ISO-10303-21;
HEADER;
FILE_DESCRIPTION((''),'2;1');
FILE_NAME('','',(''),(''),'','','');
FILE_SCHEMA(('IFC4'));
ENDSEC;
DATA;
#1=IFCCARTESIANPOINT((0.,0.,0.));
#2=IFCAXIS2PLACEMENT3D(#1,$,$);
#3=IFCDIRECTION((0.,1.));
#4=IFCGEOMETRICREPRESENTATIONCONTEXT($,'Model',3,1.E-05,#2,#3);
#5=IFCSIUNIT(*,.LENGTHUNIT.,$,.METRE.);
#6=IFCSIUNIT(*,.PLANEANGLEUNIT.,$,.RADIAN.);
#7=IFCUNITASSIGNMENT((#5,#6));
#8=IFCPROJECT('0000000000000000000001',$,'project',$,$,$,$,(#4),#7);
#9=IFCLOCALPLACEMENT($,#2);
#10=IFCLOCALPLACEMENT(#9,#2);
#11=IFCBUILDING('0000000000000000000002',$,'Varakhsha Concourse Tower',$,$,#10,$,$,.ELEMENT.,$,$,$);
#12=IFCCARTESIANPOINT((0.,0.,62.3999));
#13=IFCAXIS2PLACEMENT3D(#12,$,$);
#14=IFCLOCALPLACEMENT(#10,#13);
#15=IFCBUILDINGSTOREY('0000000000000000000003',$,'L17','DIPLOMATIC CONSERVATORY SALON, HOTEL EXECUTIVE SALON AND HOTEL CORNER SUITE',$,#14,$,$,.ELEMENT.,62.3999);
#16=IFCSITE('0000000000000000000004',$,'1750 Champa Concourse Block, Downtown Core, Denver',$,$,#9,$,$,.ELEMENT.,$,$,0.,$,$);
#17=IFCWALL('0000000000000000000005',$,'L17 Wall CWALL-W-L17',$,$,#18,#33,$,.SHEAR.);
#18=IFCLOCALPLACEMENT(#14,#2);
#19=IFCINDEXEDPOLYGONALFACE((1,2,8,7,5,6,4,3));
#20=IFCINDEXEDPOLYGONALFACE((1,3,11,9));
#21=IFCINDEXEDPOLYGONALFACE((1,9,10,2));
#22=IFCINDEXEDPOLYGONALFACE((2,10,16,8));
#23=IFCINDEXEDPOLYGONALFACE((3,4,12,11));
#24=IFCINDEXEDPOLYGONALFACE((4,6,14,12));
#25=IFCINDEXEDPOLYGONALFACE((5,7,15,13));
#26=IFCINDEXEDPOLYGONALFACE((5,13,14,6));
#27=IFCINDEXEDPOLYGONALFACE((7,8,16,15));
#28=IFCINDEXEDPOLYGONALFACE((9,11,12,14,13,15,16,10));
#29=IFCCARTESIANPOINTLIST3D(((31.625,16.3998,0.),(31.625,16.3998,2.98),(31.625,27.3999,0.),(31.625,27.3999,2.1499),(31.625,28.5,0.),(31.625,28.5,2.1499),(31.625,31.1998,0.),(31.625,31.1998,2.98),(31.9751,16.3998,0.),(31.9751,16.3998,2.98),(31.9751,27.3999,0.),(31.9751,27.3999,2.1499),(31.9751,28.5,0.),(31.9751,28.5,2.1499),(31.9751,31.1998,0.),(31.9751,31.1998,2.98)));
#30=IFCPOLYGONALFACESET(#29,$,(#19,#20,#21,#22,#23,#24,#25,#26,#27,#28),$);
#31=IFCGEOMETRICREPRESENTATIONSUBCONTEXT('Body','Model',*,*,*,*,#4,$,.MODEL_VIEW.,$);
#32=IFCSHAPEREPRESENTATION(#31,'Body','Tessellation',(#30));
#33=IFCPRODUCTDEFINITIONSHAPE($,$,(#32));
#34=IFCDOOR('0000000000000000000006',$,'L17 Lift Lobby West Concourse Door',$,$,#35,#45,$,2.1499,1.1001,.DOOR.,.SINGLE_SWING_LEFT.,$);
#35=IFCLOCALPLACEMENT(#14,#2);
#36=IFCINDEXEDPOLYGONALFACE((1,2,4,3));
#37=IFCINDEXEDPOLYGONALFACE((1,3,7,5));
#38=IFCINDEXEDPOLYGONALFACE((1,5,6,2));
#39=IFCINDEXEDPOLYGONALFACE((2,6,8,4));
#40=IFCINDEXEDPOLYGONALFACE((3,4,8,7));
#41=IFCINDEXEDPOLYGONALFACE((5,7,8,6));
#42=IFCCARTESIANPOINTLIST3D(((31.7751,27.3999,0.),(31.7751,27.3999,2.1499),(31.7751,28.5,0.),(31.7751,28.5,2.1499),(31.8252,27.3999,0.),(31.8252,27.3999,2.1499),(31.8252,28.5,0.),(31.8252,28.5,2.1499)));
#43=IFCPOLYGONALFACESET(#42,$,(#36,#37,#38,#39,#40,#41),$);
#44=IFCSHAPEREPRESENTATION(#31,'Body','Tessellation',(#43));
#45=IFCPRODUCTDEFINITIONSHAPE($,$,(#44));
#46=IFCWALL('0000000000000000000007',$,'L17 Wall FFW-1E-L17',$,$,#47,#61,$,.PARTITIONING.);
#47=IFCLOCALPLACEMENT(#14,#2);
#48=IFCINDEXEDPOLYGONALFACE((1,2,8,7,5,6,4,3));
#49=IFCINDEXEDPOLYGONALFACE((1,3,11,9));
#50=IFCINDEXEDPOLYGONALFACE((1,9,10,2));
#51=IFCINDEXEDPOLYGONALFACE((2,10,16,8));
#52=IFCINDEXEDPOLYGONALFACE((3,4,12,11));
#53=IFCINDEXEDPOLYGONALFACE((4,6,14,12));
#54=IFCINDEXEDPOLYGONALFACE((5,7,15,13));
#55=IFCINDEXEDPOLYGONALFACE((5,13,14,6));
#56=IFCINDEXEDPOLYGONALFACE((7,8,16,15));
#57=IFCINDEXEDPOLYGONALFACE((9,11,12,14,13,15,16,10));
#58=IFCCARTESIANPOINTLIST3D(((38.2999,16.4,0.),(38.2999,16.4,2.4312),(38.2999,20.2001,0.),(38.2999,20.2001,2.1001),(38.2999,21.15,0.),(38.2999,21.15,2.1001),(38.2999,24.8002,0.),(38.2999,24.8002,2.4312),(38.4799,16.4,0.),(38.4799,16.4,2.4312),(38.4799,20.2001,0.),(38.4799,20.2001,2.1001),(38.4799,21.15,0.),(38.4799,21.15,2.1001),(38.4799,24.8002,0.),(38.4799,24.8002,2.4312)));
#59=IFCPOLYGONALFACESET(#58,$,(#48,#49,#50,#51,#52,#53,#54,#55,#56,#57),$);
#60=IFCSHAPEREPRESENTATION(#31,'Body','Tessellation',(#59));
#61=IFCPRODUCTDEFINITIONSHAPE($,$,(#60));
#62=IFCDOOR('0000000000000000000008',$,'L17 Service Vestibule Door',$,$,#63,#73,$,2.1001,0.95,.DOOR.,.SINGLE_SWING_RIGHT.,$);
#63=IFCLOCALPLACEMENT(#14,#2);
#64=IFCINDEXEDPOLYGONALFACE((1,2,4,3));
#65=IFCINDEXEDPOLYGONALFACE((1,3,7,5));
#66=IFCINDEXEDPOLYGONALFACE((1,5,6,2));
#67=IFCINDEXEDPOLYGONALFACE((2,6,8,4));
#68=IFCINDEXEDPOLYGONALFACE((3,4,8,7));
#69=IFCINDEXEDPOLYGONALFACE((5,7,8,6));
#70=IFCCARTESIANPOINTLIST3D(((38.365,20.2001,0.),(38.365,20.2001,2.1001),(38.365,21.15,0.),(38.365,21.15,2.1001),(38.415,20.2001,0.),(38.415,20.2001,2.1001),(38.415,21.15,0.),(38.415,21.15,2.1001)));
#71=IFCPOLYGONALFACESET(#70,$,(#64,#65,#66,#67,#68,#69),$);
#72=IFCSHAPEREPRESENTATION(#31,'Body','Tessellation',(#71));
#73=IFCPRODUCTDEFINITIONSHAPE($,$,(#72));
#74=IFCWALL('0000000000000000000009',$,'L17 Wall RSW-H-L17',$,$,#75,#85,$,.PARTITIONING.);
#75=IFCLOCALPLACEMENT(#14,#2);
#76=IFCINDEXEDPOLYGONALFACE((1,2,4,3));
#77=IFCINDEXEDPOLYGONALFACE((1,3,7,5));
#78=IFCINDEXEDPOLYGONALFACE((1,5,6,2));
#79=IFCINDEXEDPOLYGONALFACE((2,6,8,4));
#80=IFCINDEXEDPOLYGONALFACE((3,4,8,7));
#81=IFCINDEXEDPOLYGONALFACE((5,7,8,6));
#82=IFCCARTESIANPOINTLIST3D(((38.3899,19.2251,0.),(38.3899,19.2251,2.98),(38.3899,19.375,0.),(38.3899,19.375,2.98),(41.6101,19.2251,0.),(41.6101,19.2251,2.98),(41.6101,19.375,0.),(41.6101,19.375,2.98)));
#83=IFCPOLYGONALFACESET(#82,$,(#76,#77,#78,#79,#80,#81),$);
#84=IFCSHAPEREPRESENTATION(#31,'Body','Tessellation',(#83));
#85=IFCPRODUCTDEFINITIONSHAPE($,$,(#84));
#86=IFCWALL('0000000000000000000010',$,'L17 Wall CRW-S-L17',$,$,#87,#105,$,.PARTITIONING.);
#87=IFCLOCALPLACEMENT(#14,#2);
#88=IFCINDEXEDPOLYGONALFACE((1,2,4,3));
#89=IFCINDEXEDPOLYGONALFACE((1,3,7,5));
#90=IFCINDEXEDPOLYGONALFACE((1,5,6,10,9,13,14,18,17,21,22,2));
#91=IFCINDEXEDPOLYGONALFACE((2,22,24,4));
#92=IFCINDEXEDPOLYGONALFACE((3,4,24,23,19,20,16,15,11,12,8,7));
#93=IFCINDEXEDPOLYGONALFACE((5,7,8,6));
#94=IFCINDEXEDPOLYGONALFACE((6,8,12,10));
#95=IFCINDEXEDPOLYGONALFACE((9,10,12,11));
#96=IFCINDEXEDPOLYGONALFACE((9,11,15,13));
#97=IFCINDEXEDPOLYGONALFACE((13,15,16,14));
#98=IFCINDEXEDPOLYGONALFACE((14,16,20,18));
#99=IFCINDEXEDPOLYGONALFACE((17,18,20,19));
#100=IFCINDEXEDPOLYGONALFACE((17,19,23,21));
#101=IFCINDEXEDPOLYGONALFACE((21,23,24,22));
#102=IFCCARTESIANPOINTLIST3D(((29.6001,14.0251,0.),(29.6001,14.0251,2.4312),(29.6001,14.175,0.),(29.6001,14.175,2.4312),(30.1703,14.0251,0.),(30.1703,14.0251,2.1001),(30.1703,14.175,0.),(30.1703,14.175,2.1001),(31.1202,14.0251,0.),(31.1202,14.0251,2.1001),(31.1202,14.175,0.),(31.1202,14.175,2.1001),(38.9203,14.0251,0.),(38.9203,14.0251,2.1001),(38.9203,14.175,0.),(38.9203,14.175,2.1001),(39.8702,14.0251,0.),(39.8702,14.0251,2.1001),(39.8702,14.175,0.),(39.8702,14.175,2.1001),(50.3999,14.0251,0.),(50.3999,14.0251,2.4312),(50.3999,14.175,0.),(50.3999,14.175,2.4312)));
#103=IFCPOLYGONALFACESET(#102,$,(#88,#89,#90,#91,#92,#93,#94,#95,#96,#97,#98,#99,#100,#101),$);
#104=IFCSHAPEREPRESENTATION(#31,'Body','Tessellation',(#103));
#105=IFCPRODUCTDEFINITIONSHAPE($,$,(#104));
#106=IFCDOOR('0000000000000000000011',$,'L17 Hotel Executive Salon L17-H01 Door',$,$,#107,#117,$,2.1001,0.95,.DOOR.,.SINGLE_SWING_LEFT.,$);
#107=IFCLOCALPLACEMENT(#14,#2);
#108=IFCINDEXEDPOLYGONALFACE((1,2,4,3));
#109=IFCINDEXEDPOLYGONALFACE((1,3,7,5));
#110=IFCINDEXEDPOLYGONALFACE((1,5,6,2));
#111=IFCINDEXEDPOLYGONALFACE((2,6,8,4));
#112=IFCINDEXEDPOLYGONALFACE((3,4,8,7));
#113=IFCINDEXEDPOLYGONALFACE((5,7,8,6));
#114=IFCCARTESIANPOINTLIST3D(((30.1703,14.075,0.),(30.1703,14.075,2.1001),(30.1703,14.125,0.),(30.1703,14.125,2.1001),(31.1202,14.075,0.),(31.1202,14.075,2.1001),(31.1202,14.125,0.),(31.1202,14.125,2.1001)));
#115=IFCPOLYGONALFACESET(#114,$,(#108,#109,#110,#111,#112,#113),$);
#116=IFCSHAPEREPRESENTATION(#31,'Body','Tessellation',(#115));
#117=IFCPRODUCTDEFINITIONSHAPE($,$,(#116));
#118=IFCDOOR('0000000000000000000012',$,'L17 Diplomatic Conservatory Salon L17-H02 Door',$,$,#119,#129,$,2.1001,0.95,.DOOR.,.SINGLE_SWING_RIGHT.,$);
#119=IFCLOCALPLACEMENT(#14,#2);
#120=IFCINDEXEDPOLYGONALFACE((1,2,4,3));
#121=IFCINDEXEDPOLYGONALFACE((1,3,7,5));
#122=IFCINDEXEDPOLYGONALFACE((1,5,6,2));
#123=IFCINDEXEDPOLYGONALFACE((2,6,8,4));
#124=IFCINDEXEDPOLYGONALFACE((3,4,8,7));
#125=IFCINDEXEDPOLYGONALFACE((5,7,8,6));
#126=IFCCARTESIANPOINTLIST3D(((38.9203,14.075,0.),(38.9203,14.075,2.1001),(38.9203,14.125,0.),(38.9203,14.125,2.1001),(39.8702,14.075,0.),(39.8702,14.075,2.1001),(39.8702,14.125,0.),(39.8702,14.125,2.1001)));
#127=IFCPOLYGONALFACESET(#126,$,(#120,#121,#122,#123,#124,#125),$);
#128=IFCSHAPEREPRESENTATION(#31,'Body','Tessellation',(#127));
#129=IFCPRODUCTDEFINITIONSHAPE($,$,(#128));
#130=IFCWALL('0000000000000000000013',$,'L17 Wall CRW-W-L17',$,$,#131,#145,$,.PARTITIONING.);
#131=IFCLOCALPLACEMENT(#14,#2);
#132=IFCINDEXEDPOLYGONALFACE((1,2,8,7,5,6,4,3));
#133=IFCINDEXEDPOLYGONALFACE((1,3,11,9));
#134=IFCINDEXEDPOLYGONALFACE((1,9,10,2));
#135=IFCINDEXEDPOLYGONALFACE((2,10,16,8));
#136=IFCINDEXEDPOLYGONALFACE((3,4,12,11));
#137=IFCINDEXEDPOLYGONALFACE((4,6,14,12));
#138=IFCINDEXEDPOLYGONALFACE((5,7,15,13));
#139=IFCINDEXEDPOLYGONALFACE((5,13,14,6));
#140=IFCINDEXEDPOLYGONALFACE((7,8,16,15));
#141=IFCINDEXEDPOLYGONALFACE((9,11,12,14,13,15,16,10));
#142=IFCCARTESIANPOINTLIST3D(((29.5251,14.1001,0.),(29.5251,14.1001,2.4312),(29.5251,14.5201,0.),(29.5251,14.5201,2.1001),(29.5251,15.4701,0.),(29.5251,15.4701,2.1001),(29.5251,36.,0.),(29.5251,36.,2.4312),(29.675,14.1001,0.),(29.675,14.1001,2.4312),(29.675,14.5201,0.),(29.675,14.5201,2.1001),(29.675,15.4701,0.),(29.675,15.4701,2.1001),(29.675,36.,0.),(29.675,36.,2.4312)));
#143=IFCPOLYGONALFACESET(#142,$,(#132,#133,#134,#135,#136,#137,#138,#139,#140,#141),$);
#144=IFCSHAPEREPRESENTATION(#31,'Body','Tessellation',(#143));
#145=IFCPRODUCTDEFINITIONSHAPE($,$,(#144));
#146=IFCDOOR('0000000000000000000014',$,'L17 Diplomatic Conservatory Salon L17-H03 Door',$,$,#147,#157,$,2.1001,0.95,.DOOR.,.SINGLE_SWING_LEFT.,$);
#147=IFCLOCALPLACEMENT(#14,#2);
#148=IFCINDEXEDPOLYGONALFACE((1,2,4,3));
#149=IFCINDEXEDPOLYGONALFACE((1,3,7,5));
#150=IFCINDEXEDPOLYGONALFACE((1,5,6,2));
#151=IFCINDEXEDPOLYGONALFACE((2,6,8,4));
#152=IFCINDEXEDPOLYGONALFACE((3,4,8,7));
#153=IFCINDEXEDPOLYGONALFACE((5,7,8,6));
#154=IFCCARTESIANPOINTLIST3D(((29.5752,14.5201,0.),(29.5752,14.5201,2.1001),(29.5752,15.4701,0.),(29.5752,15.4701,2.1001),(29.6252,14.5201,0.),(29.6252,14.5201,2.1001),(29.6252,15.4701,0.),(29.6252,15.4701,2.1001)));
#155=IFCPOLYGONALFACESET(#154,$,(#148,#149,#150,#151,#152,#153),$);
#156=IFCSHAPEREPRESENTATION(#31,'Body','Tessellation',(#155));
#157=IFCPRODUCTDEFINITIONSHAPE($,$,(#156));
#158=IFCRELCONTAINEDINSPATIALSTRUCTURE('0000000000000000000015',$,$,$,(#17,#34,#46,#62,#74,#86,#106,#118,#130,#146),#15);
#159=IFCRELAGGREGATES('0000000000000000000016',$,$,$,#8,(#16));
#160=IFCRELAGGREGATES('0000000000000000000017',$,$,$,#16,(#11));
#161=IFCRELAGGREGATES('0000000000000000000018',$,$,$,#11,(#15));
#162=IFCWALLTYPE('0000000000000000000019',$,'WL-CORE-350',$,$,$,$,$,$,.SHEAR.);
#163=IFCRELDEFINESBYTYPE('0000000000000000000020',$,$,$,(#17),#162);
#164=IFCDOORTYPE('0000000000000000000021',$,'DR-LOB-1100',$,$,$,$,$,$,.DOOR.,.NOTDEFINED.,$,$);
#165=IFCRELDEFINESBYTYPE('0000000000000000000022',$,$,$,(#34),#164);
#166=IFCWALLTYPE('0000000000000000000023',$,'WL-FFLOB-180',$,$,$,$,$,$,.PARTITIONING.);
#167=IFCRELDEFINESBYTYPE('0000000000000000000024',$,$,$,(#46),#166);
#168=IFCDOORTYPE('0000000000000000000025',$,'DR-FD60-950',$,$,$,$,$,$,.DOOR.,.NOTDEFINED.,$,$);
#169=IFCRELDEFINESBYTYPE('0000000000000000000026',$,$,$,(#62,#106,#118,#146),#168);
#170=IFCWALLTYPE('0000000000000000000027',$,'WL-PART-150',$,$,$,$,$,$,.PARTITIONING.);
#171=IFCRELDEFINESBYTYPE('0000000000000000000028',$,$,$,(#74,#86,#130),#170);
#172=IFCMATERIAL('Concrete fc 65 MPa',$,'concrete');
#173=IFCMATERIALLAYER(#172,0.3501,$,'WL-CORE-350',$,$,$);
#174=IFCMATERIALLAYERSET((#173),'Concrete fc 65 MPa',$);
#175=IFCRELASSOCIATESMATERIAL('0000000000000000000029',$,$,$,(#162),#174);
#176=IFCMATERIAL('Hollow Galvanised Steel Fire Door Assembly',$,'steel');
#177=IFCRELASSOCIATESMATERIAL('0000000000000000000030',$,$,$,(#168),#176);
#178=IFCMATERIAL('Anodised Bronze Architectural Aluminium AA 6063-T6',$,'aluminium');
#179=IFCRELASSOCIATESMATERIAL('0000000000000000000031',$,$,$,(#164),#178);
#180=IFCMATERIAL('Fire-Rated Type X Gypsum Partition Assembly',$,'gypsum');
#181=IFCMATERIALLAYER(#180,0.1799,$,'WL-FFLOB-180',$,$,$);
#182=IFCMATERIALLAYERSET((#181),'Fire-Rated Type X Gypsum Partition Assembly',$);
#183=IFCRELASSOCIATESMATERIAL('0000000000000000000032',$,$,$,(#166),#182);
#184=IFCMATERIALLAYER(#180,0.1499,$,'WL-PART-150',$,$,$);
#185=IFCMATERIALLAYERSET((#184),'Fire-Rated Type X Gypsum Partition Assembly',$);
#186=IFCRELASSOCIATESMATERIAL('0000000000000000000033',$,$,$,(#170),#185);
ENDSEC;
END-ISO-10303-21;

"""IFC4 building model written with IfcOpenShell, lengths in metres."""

from ifc_helpers import new_model, si_unit, direction, frame, frame_2d, origin, place, context, subcontext, project, spatial, rectangle, extrude, material, layer, layer_set, type_object, element, fill, save


model = new_model("IFC4")

# Units and contexts
model_context = context("Model", 3, precision=1e-05, world=origin(), true_north=direction((0.0, 1.0)))
body_context = subcontext(model_context, "Body", "Model", "MODEL_VIEW")
ifc_project = project(units=[si_unit("LENGTHUNIT", "METRE"), si_unit("PLANEANGLEUNIT", "RADIAN")], contexts=[model_context])

# Site, building, storey
site_placement = place(None, origin())
site = spatial("IfcSite", under=ifc_project, at=site_placement, Name="1750 Champa Concourse Block, Downtown Core, Denver", CompositionType="ELEMENT", RefElevation=0.0)
building_placement = place(site_placement, origin())
building = spatial("IfcBuilding", under=site, at=building_placement, Name="Varakhsha Concourse Tower", CompositionType="ELEMENT")
storey_placement = place(building_placement, frame((0.0, 0.0, 62.3999)))
storey = spatial("IfcBuildingStorey", under=building, at=storey_placement, Name="L17", Description="DIPLOMATIC CONSERVATORY SALON, HOTEL EXECUTIVE SALON AND HOTEL CORNER SUITE", CompositionType="ELEMENT", Elevation=62.3999)

# Shared definitions
ifc_material_1 = material(Name="Concrete fc 65 MPa", Category="concrete")
ifc_layer_1 = layer(ifc_material_1, 0.3501, Name="WL-CORE-350")
ifc_layer_set_1 = layer_set([ifc_layer_1], Name="Concrete fc 65 MPa")
wall_type_1 = type_object("IfcWallType", Name="WL-CORE-350", PredefinedType="SHEAR", material=ifc_layer_set_1)
ifc_material_2 = material(Name="Hollow Galvanised Steel Fire Door Assembly", Category="steel")
door_type_1 = type_object("IfcDoorType", Name="DR-FD60-950", OperationType="NOTDEFINED", PredefinedType="DOOR", material=ifc_material_2)

# Walls, openings, doors
wall_1_placement = place(storey_placement, frame((31.8, 16.3999, 0.0), z_axis=(0.0, 0.0, 1.0), x_axis=(0.0, 1.0, 0.0)))
wall_1 = element("IfcWall", 1, at=wall_1_placement, inside=storey, type_object=wall_type_1, Name="L17 Wall CWALL-W-L17", PredefinedType="SHEAR", context=body_context, shape_type="SweptSolid", body=[
    extrude(rectangle(XDim=14.8, YDim=0.3501, at=frame_2d((7.3999, 0.0))), origin(), (0.0, 0.0, 1.0), 2.98),
])
opening_1_placement = place(wall_1_placement, frame((11.0, 0.0, 0.0)))
opening_1 = element("IfcOpeningElement", 2, at=opening_1_placement, cuts=wall_1, PredefinedType="OPENING", context=body_context, shape_type="SweptSolid", body=[
    extrude(rectangle(XDim=1.1001, YDim=2.1499, at=frame_2d((0.55, 1.075))), frame((0.0, 0.1851, 0.0), z_axis=(0.0, -1.0, 0.0), x_axis=(1.0, 0.0, 0.0)), (0.0, 0.0, 1.0), 0.3701),
])
ifc_material_3 = material(Name="Anodised Bronze Architectural Aluminium AA 6063-T6", Category="aluminium")
door_type_2 = type_object("IfcDoorType", Name="DR-LOB-1100", OperationType="NOTDEFINED", PredefinedType="DOOR", material=ifc_material_3)
door_1_placement = place(opening_1_placement, origin())
door_1 = element("IfcDoor", 3, at=door_1_placement, inside=storey, type_object=door_type_2, Name="L17 Lift Lobby West Concourse Door", OperationType="SINGLE_SWING_LEFT", OverallHeight=2.1499, OverallWidth=1.1001, PredefinedType="DOOR", context=body_context, shape_type="SweptSolid", body=[
    extrude(rectangle(XDim=1.1001, YDim=2.1499, at=frame_2d((0.55, 1.075))), frame((0.0, 0.0249, 0.0), z_axis=(0.0, -1.0, 0.0), x_axis=(1.0, 0.0, 0.0)), (0.0, 0.0, 1.0), 0.05),
])
fill(opening_1, door_1)
ifc_material_4 = material(Name="Fire-Rated Type X Gypsum Partition Assembly", Category="gypsum")
ifc_layer_2 = layer(ifc_material_4, 0.1799, Name="WL-FFLOB-180")
ifc_layer_set_2 = layer_set([ifc_layer_2], Name="Fire-Rated Type X Gypsum Partition Assembly")
wall_type_2 = type_object("IfcWallType", Name="WL-FFLOB-180", PredefinedType="PARTITIONING", material=ifc_layer_set_2)
wall_2_placement = place(storey_placement, frame((38.3899, 16.3999, 0.0), z_axis=(0.0, 0.0, 1.0), x_axis=(0.0, 1.0, 0.0)))
wall_2 = element("IfcWall", 4, at=wall_2_placement, inside=storey, type_object=wall_type_2, Name="L17 Wall FFW-1E-L17", PredefinedType="PARTITIONING", context=body_context, shape_type="SweptSolid", body=[
    extrude(rectangle(XDim=8.4001, YDim=0.1799, at=frame_2d((4.2002, 0.0))), origin(), (0.0, 0.0, 1.0), 2.4312),
])
opening_2_placement = place(wall_2_placement, frame((3.8, 0.0, 0.0)))
opening_2 = element("IfcOpeningElement", 5, at=opening_2_placement, cuts=wall_2, PredefinedType="OPENING", context=body_context, shape_type="SweptSolid", body=[
    extrude(rectangle(XDim=0.95, YDim=2.1001, at=frame_2d((0.4751, 1.05))), frame((0.0, 0.0999, 0.0), z_axis=(0.0, -1.0, 0.0), x_axis=(1.0, 0.0, 0.0)), (0.0, 0.0, 1.0), 0.2),
])
door_2_placement = place(opening_2_placement, origin())
door_2 = element("IfcDoor", 6, at=door_2_placement, inside=storey, type_object=door_type_1, Name="L17 Service Vestibule Door", OperationType="SINGLE_SWING_RIGHT", OverallHeight=2.1001, OverallWidth=0.95, PredefinedType="DOOR", context=body_context, shape_type="SweptSolid", body=[
    extrude(rectangle(XDim=0.95, YDim=2.1001, at=frame_2d((0.4751, 1.05))), frame((0.0, 0.0249, 0.0), z_axis=(0.0, -1.0, 0.0), x_axis=(1.0, 0.0, 0.0)), (0.0, 0.0, 1.0), 0.05),
])
fill(opening_2, door_2)

# Wall
ifc_layer_3 = layer(ifc_material_4, 0.1499, Name="WL-PART-150")
ifc_layer_set_3 = layer_set([ifc_layer_3], Name="Fire-Rated Type X Gypsum Partition Assembly")
wall_type_3 = type_object("IfcWallType", Name="WL-PART-150", PredefinedType="PARTITIONING", material=ifc_layer_set_3)
wall_3_placement = place(storey_placement, frame((38.3899, 19.3, 0.0), z_axis=(0.0, 0.0, 1.0), x_axis=(1.0, 0.0, 0.0)))
element("IfcWall", 7, at=wall_3_placement, inside=storey, type_object=wall_type_3, Name="L17 Wall RSW-H-L17", PredefinedType="PARTITIONING", context=body_context, shape_type="SweptSolid", body=[
    extrude(rectangle(XDim=3.2202, YDim=0.1499, at=frame_2d((1.6101, 0.0))), origin(), (0.0, 0.0, 1.0), 2.98),
])

# Wall, openings, doors
wall_4_placement = place(storey_placement, frame((29.6001, 14.1001, 0.0), z_axis=(0.0, 0.0, 1.0), x_axis=(1.0, 0.0, 0.0)))
wall_4 = element("IfcWall", 8, at=wall_4_placement, inside=storey, type_object=wall_type_3, Name="L17 Wall CRW-S-L17", PredefinedType="PARTITIONING", context=body_context, shape_type="SweptSolid", body=[
    extrude(rectangle(XDim=20.7998, YDim=0.1499, at=frame_2d((10.3999, 0.0))), origin(), (0.0, 0.0, 1.0), 2.4312),
])
opening_3_placement = place(wall_4_placement, frame((0.5701, 0.0, 0.0)))
opening_3 = element("IfcOpeningElement", 9, at=opening_3_placement, cuts=wall_4, PredefinedType="OPENING", context=body_context, shape_type="SweptSolid", body=[
    extrude(rectangle(XDim=0.95, YDim=2.1001, at=frame_2d((0.4751, 1.05))), frame((0.0, 0.085, 0.0), z_axis=(0.0, -1.0, 0.0), x_axis=(1.0, 0.0, 0.0)), (0.0, 0.0, 1.0), 0.1699),
])
opening_4_placement = place(wall_4_placement, frame((9.3201, 0.0, 0.0)))
opening_4 = element("IfcOpeningElement", 10, at=opening_4_placement, cuts=wall_4, PredefinedType="OPENING", context=body_context, shape_type="SweptSolid", body=[
    extrude(rectangle(XDim=0.95, YDim=2.1001, at=frame_2d((0.4751, 1.05))), frame((0.0, 0.085, 0.0), z_axis=(0.0, -1.0, 0.0), x_axis=(1.0, 0.0, 0.0)), (0.0, 0.0, 1.0), 0.1699),
])
door_3_placement = place(opening_3_placement, origin())
door_3 = element("IfcDoor", 11, at=door_3_placement, inside=storey, type_object=door_type_1, Name="L17 Hotel Executive Salon L17-H01 Door", OperationType="SINGLE_SWING_LEFT", OverallHeight=2.1001, OverallWidth=0.95, PredefinedType="DOOR", context=body_context, shape_type="SweptSolid", body=[
    extrude(rectangle(XDim=0.95, YDim=2.1001, at=frame_2d((0.4751, 1.05))), frame((0.0, 0.0249, 0.0), z_axis=(0.0, -1.0, 0.0), x_axis=(1.0, 0.0, 0.0)), (0.0, 0.0, 1.0), 0.05),
])
fill(opening_3, door_3)
door_4_placement = place(opening_4_placement, origin())
door_4 = element("IfcDoor", 12, at=door_4_placement, inside=storey, type_object=door_type_1, Name="L17 Diplomatic Conservatory Salon L17-H02 Door", OperationType="SINGLE_SWING_RIGHT", OverallHeight=2.1001, OverallWidth=0.95, PredefinedType="DOOR", context=body_context, shape_type="SweptSolid", body=[
    extrude(rectangle(XDim=0.95, YDim=2.1001, at=frame_2d((0.4751, 1.05))), frame((0.0, 0.0249, 0.0), z_axis=(0.0, -1.0, 0.0), x_axis=(1.0, 0.0, 0.0)), (0.0, 0.0, 1.0), 0.05),
])
fill(opening_4, door_4)

# Wall, opening, door
wall_5_placement = place(storey_placement, frame((29.6001, 14.1001, 0.0), z_axis=(0.0, 0.0, 1.0), x_axis=(0.0, 1.0, 0.0)))
wall_5 = element("IfcWall", 13, at=wall_5_placement, inside=storey, type_object=wall_type_3, Name="L17 Wall CRW-W-L17", PredefinedType="PARTITIONING", context=body_context, shape_type="SweptSolid", body=[
    extrude(rectangle(XDim=21.8999, YDim=0.1499, at=frame_2d((10.95, 0.0))), origin(), (0.0, 0.0, 1.0), 2.4312),
])
opening_5_placement = place(wall_5_placement, frame((0.4199, 0.0, 0.0)))
opening_5 = element("IfcOpeningElement", 14, at=opening_5_placement, cuts=wall_5, PredefinedType="OPENING", context=body_context, shape_type="SweptSolid", body=[
    extrude(rectangle(XDim=0.95, YDim=2.1001, at=frame_2d((0.4751, 1.05))), frame((0.0, 0.085, 0.0), z_axis=(0.0, -1.0, 0.0), x_axis=(1.0, 0.0, 0.0)), (0.0, 0.0, 1.0), 0.1699),
])
door_5_placement = place(opening_5_placement, origin())
door_5 = element("IfcDoor", 15, at=door_5_placement, inside=storey, type_object=door_type_1, Name="L17 Diplomatic Conservatory Salon L17-H03 Door", OperationType="SINGLE_SWING_LEFT", OverallHeight=2.1001, OverallWidth=0.95, PredefinedType="DOOR", context=body_context, shape_type="SweptSolid", body=[
    extrude(rectangle(XDim=0.95, YDim=2.1001, at=frame_2d((0.4751, 1.05))), frame((0.0, 0.0249, 0.0), z_axis=(0.0, -1.0, 0.0), x_axis=(1.0, 0.0, 0.0)), (0.0, 0.0, 1.0), 0.05),
])
fill(opening_5, door_5)

save(model, "model.ifc")
